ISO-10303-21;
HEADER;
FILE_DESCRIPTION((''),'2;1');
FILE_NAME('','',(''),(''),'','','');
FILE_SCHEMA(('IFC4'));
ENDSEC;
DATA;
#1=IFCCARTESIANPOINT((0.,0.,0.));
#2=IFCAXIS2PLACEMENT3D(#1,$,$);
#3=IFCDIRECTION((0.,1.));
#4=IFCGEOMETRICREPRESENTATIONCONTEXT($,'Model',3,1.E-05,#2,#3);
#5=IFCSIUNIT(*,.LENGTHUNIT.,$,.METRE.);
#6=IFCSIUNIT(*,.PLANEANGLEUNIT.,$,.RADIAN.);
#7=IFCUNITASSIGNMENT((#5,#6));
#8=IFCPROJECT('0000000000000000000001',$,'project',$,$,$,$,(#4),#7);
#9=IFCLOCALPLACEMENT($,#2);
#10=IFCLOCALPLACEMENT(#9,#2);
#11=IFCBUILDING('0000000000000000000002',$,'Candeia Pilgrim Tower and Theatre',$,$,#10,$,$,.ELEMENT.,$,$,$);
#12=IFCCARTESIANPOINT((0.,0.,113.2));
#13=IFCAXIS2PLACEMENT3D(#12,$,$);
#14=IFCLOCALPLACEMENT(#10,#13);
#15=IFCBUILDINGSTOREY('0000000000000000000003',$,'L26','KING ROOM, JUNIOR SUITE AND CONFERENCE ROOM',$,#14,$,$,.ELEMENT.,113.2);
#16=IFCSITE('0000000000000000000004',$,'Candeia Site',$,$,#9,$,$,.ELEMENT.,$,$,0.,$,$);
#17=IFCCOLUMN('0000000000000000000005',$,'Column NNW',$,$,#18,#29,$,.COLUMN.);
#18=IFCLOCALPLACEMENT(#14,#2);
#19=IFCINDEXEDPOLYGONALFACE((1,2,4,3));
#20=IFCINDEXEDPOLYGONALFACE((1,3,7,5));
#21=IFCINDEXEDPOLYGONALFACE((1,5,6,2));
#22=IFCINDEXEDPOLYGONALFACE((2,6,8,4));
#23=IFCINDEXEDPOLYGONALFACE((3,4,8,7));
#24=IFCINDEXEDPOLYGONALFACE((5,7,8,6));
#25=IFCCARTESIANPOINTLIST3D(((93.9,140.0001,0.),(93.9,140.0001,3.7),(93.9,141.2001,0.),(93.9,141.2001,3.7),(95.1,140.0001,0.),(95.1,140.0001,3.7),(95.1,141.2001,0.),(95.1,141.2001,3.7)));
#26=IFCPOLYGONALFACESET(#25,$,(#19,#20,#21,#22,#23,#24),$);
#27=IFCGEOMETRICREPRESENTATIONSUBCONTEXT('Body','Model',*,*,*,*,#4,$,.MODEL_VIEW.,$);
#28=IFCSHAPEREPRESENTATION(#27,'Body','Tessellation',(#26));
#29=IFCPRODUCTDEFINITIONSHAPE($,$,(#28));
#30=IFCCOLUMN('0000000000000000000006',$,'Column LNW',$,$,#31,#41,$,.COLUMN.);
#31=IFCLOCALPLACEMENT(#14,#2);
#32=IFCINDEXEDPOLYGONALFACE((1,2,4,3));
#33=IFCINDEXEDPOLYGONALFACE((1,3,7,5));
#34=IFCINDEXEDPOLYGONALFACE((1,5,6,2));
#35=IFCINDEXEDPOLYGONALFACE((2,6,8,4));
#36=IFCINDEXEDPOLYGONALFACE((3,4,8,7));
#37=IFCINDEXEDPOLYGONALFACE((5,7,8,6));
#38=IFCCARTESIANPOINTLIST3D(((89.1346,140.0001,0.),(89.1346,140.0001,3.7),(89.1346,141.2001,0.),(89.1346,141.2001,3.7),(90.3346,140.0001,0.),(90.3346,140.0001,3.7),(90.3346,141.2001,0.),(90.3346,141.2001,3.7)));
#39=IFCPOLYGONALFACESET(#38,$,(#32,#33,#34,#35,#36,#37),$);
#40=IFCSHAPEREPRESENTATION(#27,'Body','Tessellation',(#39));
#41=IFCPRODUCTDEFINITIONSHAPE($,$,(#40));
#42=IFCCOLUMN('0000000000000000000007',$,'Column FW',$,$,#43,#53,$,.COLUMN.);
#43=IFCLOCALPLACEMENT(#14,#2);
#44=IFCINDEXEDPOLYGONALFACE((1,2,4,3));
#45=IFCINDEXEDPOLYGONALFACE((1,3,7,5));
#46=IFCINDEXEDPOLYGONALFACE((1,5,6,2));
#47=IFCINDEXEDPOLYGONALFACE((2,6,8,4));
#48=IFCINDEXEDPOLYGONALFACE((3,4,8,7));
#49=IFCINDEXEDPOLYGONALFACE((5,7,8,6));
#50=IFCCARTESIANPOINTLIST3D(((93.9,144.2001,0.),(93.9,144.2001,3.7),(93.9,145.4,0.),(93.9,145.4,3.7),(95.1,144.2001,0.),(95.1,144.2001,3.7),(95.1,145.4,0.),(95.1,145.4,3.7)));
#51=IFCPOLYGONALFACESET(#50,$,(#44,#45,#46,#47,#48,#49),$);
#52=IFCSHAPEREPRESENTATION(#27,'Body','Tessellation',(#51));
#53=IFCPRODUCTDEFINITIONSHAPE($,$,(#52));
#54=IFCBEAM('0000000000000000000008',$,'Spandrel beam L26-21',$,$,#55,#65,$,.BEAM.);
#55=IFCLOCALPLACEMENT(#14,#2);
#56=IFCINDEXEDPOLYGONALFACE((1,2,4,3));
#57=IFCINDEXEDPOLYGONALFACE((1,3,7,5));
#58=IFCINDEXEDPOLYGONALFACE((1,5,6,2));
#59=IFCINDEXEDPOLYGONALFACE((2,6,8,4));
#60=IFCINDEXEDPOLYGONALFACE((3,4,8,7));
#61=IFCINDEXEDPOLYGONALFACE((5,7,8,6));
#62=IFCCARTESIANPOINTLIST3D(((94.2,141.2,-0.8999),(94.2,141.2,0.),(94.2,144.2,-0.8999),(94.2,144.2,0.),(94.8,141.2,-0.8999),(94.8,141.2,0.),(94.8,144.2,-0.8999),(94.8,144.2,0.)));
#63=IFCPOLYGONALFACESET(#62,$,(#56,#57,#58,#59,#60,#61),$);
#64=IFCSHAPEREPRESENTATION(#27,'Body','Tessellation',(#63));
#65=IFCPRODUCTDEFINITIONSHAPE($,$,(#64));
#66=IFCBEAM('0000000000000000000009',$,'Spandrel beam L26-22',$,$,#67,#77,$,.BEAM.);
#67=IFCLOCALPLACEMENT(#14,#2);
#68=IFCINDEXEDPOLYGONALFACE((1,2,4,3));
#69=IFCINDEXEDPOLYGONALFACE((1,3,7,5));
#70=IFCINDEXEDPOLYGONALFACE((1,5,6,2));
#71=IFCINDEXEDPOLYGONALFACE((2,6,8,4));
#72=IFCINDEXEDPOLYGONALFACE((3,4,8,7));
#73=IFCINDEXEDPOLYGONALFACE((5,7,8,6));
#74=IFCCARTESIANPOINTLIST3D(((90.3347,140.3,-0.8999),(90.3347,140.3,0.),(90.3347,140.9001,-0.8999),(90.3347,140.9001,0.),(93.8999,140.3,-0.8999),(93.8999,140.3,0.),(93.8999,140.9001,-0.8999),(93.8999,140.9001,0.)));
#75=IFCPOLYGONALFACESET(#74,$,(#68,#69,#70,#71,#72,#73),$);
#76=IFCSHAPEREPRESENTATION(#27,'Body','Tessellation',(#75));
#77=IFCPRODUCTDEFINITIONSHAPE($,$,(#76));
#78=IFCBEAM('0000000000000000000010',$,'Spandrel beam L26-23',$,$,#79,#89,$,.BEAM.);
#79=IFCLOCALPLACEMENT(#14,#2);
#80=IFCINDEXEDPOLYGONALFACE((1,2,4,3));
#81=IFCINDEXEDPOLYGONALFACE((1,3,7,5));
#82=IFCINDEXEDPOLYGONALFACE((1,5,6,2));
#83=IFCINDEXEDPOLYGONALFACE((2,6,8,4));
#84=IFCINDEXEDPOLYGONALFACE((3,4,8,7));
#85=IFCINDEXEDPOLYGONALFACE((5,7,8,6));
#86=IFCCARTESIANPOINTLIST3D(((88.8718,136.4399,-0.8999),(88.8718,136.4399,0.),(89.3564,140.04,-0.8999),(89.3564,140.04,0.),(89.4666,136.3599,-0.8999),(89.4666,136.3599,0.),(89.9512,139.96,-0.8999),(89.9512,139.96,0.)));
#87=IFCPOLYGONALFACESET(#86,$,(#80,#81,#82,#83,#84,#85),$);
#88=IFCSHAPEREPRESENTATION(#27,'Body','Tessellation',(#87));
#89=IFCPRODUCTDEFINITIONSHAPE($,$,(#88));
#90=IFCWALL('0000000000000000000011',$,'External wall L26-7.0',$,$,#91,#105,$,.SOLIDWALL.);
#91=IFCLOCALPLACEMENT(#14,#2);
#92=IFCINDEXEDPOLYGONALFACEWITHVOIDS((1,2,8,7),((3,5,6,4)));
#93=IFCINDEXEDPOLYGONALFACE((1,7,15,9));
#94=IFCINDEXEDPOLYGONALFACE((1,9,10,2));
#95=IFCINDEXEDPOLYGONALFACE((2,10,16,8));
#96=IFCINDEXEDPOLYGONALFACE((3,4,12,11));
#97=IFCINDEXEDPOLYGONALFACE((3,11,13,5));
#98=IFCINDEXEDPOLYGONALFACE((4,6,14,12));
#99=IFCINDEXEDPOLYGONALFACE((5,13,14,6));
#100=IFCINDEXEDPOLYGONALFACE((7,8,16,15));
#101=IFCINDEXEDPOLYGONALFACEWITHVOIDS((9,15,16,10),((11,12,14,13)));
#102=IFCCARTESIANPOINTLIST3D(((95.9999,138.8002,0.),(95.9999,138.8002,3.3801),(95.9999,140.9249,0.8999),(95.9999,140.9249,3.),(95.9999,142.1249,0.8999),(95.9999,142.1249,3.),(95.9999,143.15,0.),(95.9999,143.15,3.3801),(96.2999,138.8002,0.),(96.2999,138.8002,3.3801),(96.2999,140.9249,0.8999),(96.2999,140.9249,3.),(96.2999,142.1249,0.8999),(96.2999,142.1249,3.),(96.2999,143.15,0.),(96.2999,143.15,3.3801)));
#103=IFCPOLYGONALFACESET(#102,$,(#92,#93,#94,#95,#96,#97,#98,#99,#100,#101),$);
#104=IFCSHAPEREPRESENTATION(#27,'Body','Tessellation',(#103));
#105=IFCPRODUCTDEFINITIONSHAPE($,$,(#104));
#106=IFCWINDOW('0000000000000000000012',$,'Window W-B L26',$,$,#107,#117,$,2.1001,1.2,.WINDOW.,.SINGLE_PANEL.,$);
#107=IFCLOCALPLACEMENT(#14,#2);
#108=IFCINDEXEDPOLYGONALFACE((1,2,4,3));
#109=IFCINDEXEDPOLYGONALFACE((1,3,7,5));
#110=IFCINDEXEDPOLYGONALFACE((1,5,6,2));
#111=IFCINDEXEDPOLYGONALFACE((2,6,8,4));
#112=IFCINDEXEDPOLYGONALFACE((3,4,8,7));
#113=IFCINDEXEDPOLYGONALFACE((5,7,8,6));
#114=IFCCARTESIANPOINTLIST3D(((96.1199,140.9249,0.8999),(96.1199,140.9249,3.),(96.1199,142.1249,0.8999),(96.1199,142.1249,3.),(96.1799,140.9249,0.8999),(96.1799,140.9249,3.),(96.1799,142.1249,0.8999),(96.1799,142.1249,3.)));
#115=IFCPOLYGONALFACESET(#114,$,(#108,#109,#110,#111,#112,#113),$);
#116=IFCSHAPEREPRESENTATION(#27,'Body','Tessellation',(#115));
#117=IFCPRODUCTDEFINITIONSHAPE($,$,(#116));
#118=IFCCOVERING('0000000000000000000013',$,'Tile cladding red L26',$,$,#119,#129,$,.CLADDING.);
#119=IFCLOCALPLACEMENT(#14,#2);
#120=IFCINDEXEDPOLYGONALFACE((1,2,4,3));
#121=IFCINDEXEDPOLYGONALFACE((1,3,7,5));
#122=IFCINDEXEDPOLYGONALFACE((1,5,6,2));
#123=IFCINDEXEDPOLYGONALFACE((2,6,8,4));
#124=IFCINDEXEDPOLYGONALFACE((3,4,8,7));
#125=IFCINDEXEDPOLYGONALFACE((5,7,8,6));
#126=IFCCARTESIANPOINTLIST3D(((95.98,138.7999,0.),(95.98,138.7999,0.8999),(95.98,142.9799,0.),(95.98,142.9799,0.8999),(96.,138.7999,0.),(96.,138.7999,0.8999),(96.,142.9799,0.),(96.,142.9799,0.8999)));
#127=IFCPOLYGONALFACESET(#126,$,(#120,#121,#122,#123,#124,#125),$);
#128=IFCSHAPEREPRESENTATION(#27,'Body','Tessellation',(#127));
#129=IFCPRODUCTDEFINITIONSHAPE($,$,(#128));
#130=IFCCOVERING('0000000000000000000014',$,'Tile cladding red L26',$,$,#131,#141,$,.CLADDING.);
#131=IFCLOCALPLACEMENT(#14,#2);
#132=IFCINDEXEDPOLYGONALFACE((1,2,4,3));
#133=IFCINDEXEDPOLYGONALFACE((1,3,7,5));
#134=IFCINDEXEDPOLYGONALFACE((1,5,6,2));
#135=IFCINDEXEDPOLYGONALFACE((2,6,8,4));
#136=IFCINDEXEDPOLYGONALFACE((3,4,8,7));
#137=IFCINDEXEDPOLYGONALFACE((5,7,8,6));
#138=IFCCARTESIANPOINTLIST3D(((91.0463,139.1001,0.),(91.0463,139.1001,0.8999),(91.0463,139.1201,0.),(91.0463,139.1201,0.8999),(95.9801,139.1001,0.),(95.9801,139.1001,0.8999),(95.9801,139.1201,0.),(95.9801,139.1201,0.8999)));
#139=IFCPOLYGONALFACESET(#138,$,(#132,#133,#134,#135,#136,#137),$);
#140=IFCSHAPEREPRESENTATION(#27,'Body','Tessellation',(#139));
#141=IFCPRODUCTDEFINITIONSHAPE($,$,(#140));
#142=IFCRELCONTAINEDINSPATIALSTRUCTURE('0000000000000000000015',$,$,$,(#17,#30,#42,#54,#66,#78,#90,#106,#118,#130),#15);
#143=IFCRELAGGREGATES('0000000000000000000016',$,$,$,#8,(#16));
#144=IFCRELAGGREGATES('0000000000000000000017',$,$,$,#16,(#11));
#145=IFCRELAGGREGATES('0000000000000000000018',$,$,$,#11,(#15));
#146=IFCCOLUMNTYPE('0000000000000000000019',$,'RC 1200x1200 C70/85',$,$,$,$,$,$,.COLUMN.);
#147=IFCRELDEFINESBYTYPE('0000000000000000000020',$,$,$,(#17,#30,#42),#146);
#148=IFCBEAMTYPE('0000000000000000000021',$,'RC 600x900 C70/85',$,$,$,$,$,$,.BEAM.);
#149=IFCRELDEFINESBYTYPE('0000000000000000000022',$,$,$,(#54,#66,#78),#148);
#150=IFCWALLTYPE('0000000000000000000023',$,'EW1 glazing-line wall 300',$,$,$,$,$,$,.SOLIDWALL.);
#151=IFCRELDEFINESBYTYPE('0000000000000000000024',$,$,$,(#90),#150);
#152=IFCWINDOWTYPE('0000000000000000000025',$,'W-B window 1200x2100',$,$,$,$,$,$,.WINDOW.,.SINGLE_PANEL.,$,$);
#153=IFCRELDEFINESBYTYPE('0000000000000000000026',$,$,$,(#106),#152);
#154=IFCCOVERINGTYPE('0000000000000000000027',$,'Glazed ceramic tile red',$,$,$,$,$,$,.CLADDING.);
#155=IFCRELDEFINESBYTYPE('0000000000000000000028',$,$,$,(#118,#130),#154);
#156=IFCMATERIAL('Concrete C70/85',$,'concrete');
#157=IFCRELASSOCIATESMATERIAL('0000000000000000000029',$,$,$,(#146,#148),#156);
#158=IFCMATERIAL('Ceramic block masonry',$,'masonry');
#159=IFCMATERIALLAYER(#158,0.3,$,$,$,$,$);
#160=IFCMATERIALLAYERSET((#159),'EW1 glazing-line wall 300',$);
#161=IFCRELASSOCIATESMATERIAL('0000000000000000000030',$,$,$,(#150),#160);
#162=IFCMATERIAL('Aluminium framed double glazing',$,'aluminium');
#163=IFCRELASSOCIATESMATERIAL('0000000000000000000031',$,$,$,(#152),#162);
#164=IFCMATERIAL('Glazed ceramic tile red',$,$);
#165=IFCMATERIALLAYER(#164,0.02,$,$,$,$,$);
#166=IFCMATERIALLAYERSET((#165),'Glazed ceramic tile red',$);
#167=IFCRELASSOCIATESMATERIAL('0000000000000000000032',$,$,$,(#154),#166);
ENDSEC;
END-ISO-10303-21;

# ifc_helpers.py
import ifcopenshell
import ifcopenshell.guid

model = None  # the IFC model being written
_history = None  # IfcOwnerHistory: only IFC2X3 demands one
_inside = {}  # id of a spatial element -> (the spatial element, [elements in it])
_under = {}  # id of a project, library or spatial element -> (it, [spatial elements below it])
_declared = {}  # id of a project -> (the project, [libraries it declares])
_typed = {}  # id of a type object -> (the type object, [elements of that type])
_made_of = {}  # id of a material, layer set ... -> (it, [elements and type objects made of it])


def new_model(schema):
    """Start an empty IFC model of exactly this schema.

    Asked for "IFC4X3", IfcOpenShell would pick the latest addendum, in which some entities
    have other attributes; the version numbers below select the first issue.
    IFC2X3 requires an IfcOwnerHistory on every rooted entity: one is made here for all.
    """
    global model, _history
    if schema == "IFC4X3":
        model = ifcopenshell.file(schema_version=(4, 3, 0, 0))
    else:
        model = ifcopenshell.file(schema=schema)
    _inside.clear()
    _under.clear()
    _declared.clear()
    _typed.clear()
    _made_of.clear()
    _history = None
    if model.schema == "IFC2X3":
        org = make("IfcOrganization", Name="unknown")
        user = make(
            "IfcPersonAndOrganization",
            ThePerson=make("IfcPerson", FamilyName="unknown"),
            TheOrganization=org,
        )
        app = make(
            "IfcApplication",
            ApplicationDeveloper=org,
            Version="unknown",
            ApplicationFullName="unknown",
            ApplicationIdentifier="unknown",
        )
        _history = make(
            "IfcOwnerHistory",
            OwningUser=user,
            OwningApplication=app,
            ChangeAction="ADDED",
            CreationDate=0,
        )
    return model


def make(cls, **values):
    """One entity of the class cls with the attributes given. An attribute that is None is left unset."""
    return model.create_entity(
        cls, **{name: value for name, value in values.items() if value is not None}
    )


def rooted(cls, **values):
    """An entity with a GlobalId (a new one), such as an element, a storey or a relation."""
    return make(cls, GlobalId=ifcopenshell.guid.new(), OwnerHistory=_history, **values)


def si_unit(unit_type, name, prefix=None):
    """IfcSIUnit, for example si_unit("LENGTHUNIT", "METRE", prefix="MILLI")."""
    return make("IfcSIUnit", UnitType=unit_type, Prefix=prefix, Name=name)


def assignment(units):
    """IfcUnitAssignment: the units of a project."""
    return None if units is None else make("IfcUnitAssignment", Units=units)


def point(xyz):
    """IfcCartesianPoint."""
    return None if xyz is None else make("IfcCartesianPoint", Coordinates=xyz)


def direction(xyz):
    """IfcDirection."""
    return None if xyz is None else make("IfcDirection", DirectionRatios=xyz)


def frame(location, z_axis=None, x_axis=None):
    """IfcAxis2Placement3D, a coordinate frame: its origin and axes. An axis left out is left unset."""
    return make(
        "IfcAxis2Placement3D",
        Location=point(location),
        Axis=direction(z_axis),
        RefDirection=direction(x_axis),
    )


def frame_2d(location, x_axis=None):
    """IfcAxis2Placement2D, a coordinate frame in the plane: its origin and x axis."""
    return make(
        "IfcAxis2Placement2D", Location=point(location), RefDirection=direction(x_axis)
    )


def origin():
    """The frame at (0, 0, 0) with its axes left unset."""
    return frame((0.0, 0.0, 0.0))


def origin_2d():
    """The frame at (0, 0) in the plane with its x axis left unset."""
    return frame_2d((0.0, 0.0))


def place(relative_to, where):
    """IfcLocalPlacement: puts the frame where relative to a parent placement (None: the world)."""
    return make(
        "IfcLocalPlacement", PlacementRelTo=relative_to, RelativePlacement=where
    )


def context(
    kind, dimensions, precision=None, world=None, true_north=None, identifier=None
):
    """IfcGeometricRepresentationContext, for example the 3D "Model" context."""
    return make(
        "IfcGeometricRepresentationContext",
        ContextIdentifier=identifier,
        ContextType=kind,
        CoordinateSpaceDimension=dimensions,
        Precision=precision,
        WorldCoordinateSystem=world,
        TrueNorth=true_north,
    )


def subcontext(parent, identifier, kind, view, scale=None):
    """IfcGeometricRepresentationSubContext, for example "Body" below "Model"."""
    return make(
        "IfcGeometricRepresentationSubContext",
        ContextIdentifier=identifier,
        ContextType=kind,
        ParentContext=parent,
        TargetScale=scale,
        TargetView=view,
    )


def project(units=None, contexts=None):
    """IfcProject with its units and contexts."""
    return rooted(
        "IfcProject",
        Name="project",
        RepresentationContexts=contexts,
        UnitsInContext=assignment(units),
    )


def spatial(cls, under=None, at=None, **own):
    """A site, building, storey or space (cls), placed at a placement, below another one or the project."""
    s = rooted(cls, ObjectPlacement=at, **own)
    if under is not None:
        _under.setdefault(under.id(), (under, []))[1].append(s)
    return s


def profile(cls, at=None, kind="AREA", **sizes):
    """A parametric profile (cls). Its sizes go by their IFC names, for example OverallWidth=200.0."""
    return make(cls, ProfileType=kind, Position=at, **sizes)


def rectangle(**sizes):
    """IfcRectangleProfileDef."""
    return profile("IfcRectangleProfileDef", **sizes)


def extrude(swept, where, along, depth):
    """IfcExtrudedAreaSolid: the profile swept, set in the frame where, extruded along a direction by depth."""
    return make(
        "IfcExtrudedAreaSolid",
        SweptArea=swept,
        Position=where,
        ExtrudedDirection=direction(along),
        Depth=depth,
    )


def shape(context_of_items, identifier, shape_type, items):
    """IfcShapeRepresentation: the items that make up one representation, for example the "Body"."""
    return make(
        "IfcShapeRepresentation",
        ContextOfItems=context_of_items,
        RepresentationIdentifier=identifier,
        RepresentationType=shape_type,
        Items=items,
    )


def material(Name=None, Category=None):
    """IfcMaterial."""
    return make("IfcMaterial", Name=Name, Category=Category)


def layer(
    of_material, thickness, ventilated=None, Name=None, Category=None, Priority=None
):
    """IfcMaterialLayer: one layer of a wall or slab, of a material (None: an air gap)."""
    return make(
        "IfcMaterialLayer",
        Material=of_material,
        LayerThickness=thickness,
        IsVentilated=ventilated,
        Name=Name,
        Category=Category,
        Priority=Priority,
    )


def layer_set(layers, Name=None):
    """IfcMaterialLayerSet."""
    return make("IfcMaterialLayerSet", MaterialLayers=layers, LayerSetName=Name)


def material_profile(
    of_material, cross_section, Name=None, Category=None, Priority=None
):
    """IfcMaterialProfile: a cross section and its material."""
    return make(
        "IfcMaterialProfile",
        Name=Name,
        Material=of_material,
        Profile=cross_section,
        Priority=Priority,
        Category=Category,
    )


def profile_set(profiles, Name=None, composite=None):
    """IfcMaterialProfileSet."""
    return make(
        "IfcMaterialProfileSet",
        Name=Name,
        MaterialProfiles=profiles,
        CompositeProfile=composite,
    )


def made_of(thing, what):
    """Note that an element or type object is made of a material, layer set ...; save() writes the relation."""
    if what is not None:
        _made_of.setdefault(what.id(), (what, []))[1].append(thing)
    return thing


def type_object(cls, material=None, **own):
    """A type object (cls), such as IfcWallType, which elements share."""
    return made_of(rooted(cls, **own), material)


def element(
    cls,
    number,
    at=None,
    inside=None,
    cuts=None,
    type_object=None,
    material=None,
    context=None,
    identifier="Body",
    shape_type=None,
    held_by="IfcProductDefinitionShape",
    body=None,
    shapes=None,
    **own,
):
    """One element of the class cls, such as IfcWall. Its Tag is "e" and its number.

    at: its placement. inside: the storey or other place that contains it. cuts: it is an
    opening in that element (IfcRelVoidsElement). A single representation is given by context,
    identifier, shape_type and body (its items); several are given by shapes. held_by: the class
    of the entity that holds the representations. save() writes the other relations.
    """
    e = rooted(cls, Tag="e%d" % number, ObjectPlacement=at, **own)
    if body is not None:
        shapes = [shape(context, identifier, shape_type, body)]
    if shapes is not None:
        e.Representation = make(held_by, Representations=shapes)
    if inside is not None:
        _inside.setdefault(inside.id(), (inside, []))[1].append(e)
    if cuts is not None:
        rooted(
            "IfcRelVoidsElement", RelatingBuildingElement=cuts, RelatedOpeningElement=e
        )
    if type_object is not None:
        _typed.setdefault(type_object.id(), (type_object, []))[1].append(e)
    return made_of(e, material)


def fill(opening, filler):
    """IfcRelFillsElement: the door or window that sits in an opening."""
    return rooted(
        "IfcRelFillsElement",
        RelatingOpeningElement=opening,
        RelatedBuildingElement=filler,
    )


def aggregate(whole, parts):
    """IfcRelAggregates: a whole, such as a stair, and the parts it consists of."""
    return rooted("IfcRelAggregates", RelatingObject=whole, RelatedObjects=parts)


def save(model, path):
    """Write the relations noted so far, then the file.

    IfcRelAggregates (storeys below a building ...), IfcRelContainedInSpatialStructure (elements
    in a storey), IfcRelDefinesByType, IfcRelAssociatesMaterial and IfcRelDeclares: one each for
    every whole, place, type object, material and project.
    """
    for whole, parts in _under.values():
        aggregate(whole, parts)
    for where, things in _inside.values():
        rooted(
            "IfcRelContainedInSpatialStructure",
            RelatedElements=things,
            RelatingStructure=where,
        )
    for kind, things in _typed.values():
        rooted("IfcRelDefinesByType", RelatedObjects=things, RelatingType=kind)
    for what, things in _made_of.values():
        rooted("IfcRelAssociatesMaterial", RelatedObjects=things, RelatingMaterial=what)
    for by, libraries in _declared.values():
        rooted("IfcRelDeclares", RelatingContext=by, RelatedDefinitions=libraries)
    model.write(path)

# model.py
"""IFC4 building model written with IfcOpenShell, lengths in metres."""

from ifc_helpers import new_model, si_unit, direction, frame, frame_2d, origin, origin_2d, place, context, subcontext, project, spatial, rectangle, extrude, material, layer, layer_set, material_profile, profile_set, type_object, element, fill, save


model = new_model("IFC4")

# Units and contexts
model_context = context("Model", 3, precision=1e-05, world=origin(), true_north=direction((0.0, 1.0)))
body_context = subcontext(model_context, "Body", "Model", "MODEL_VIEW")
ifc_project = project(units=[si_unit("LENGTHUNIT", "METRE"), si_unit("PLANEANGLEUNIT", "RADIAN")], contexts=[model_context])

# Site, building, storey
site_placement = place(None, origin())
site = spatial("IfcSite", under=ifc_project, at=site_placement, Name="Candeia Site", CompositionType="ELEMENT", RefElevation=0.0)
building_placement = place(site_placement, origin())
building = spatial("IfcBuilding", under=site, at=building_placement, Name="Candeia Pilgrim Tower and Theatre", CompositionType="ELEMENT")
storey_placement = place(building_placement, frame((0.0, 0.0, 113.2)))
storey = spatial("IfcBuildingStorey", under=building, at=storey_placement, Name="L26", Description="KING ROOM, JUNIOR SUITE AND CONFERENCE ROOM", CompositionType="ELEMENT", Elevation=113.2)

# Columns
ifc_material_1 = material(Name="Concrete C70/85", Category="concrete")
ifc_material_profile_1 = material_profile(ifc_material_1, rectangle(XDim=1.2, YDim=1.2, at=origin_2d()))
ifc_profile_set_1 = profile_set([ifc_material_profile_1], Name="Concrete C70/85")
column_type = type_object("IfcColumnType", Name="RC 1200x1200 C70/85", PredefinedType="COLUMN", material=ifc_profile_set_1)
for number, where, z_axis, x_axis, name in (
    (1, (94.5, 140.6001, 0.0), (0.0, 0.0, 1.0), (1.0, 0.0, 0.0), "Column NNW"),
    (2, (89.7346, 140.6001, 0.0), (0.0, 0.0, 1.0), (1.0, 0.0, 0.0), "Column LNW"),
    (3, (94.5, 144.8, 0.0), (0.0, 0.0, 1.0), (1.0, 0.0, 0.0), "Column FW"),
):
    element("IfcColumn", number, at=place(storey_placement, frame(where, z_axis=z_axis, x_axis=x_axis)), inside=storey, type_object=column_type, Name=name, PredefinedType="COLUMN", context=body_context, shape_type="SweptSolid", body=[
        extrude(rectangle(XDim=1.2, YDim=1.2, at=origin_2d()), origin(), (0.0, 0.0, 1.0), 3.7),
    ])

# Beams
ifc_material_profile_2 = material_profile(ifc_material_1, rectangle(XDim=0.6001, YDim=0.8999, at=origin_2d()))
ifc_profile_set_2 = profile_set([ifc_material_profile_2], Name="Concrete C70/85")
beam_type = type_object("IfcBeamType", Name="RC 600x900 C70/85", PredefinedType="BEAM", material=ifc_profile_set_2)
beam_1_placement = place(storey_placement, frame((94.5, 144.2, -0.45), z_axis=(0.0, -1.0, 0.0), x_axis=(1.0, 0.0, 0.0)))
element("IfcBeam", 4, at=beam_1_placement, inside=storey, type_object=beam_type, Name="Spandrel beam L26-21", PredefinedType="BEAM", context=body_context, shape_type="SweptSolid", body=[
    extrude(rectangle(XDim=0.6001, YDim=0.8999, at=origin_2d()), origin(), (0.0, 0.0, 1.0), 3.0),
])
beam_2_placement = place(storey_placement, frame((93.8999, 140.6001, -0.45), z_axis=(-1.0, 0.0, 0.0), x_axis=(0.0, -1.0, 0.0)))
element("IfcBeam", 5, at=beam_2_placement, inside=storey, type_object=beam_type, Name="Spandrel beam L26-22", PredefinedType="BEAM", context=body_context, shape_type="SweptSolid", body=[
    extrude(rectangle(XDim=0.6001, YDim=0.8999, at=origin_2d()), origin(), (0.0, 0.0, 1.0), 3.5652),
])
beam_3_placement = place(storey_placement, frame((89.6538, 140.0, -0.45), z_axis=(-0.133409, -0.991061, 0.0), x_axis=(0.991061, -0.133409, 0.0)))
element("IfcBeam", 6, at=beam_3_placement, inside=storey, type_object=beam_type, Name="Spandrel beam L26-23", PredefinedType="BEAM", context=body_context, shape_type="SweptSolid", body=[
    extrude(rectangle(XDim=0.6001, YDim=0.8999, at=origin_2d()), origin(), (0.0, 0.0, 1.0), 3.6326),
])

# Wall, opening, window
ifc_material_2 = material(Name="Ceramic block masonry", Category="masonry")
ifc_layer_1 = layer(ifc_material_2, 0.3)
ifc_layer_set_1 = layer_set([ifc_layer_1], Name="EW1 glazing-line wall 300")
wall_type = type_object("IfcWallType", Name="EW1 glazing-line wall 300", PredefinedType="SOLIDWALL", material=ifc_layer_set_1)
wall_placement = place(storey_placement, frame((96.1499, 143.1499, 0.0), z_axis=(0.0, 0.0, 1.0), x_axis=(0.0, -1.0, 0.0)))
wall = element("IfcWall", 7, at=wall_placement, inside=storey, type_object=wall_type, Name="External wall L26-7.0", PredefinedType="SOLIDWALL", context=body_context, shape_type="SweptSolid", body=[
    extrude(rectangle(XDim=4.3499, YDim=0.3, at=frame_2d((2.1748, 0.0))), origin(), (0.0, 0.0, 1.0), 3.3801),
])
opening_placement = place(wall_placement, frame((1.0249, 0.0, 0.8999)))
opening = element("IfcOpeningElement", 8, at=opening_placement, cuts=wall, PredefinedType="OPENING", context=body_context, shape_type="SweptSolid", body=[
    extrude(rectangle(XDim=1.2, YDim=2.1001, at=frame_2d((0.6001, 1.05))), frame((0.0, 0.1602, 0.0), z_axis=(0.0, -1.0, 0.0), x_axis=(1.0, 0.0, 0.0)), (0.0, 0.0, 1.0), 0.3201),
])
ifc_material_3 = material(Name="Aluminium framed double glazing", Category="aluminium")
window_type = type_object("IfcWindowType", Name="W-B window 1200x2100", PartitioningType="SINGLE_PANEL", PredefinedType="WINDOW", material=ifc_material_3)
window_placement = place(opening_placement, origin())
window = element("IfcWindow", 9, at=window_placement, inside=storey, type_object=window_type, Name="Window W-B L26", OverallHeight=2.1001, OverallWidth=1.2, PartitioningType="SINGLE_PANEL", PredefinedType="WINDOW", context=body_context, shape_type="SweptSolid", body=[
    extrude(rectangle(XDim=1.2, YDim=2.1001, at=frame_2d((0.6001, 1.05))), frame((0.0, 0.03, 0.0), z_axis=(0.0, -1.0, 0.0), x_axis=(1.0, 0.0, 0.0)), (0.0, 0.0, 1.0), 0.0601),
])
fill(opening, window)

# Coverings
ifc_material_4 = material(Name="Glazed ceramic tile red")
ifc_layer_2 = layer(ifc_material_4, 0.02)
ifc_layer_set_2 = layer_set([ifc_layer_2], Name="Glazed ceramic tile red")
covering_type = type_object("IfcCoveringType", Name="Glazed ceramic tile red", PredefinedType="CLADDING", material=ifc_layer_set_2)
covering_1_placement = place(storey_placement, frame((95.99, 140.8899, 0.0), z_axis=(0.0, 0.0, 1.0), x_axis=(0.0, -1.0, 0.0)))
element("IfcCovering", 10, at=covering_1_placement, inside=storey, type_object=covering_type, Name="Tile cladding red L26", PredefinedType="CLADDING", context=body_context, shape_type="SweptSolid", body=[
    extrude(rectangle(XDim=4.1799, YDim=0.02, at=origin_2d()), origin(), (0.0, 0.0, 1.0), 0.8999),
])
covering_2_placement = place(storey_placement, frame((93.5132, 139.1101, 0.0), z_axis=(0.0, 0.0, 1.0), x_axis=(-1.0, 0.0, 0.0)))
element("IfcCovering", 11, at=covering_2_placement, inside=storey, type_object=covering_type, Name="Tile cladding red L26", PredefinedType="CLADDING", context=body_context, shape_type="SweptSolid", body=[
    extrude(rectangle(XDim=4.9338, YDim=0.02, at=origin_2d()), origin(), (0.0, 0.0, 1.0), 0.8999),
])

save(model, "model.ifc")
